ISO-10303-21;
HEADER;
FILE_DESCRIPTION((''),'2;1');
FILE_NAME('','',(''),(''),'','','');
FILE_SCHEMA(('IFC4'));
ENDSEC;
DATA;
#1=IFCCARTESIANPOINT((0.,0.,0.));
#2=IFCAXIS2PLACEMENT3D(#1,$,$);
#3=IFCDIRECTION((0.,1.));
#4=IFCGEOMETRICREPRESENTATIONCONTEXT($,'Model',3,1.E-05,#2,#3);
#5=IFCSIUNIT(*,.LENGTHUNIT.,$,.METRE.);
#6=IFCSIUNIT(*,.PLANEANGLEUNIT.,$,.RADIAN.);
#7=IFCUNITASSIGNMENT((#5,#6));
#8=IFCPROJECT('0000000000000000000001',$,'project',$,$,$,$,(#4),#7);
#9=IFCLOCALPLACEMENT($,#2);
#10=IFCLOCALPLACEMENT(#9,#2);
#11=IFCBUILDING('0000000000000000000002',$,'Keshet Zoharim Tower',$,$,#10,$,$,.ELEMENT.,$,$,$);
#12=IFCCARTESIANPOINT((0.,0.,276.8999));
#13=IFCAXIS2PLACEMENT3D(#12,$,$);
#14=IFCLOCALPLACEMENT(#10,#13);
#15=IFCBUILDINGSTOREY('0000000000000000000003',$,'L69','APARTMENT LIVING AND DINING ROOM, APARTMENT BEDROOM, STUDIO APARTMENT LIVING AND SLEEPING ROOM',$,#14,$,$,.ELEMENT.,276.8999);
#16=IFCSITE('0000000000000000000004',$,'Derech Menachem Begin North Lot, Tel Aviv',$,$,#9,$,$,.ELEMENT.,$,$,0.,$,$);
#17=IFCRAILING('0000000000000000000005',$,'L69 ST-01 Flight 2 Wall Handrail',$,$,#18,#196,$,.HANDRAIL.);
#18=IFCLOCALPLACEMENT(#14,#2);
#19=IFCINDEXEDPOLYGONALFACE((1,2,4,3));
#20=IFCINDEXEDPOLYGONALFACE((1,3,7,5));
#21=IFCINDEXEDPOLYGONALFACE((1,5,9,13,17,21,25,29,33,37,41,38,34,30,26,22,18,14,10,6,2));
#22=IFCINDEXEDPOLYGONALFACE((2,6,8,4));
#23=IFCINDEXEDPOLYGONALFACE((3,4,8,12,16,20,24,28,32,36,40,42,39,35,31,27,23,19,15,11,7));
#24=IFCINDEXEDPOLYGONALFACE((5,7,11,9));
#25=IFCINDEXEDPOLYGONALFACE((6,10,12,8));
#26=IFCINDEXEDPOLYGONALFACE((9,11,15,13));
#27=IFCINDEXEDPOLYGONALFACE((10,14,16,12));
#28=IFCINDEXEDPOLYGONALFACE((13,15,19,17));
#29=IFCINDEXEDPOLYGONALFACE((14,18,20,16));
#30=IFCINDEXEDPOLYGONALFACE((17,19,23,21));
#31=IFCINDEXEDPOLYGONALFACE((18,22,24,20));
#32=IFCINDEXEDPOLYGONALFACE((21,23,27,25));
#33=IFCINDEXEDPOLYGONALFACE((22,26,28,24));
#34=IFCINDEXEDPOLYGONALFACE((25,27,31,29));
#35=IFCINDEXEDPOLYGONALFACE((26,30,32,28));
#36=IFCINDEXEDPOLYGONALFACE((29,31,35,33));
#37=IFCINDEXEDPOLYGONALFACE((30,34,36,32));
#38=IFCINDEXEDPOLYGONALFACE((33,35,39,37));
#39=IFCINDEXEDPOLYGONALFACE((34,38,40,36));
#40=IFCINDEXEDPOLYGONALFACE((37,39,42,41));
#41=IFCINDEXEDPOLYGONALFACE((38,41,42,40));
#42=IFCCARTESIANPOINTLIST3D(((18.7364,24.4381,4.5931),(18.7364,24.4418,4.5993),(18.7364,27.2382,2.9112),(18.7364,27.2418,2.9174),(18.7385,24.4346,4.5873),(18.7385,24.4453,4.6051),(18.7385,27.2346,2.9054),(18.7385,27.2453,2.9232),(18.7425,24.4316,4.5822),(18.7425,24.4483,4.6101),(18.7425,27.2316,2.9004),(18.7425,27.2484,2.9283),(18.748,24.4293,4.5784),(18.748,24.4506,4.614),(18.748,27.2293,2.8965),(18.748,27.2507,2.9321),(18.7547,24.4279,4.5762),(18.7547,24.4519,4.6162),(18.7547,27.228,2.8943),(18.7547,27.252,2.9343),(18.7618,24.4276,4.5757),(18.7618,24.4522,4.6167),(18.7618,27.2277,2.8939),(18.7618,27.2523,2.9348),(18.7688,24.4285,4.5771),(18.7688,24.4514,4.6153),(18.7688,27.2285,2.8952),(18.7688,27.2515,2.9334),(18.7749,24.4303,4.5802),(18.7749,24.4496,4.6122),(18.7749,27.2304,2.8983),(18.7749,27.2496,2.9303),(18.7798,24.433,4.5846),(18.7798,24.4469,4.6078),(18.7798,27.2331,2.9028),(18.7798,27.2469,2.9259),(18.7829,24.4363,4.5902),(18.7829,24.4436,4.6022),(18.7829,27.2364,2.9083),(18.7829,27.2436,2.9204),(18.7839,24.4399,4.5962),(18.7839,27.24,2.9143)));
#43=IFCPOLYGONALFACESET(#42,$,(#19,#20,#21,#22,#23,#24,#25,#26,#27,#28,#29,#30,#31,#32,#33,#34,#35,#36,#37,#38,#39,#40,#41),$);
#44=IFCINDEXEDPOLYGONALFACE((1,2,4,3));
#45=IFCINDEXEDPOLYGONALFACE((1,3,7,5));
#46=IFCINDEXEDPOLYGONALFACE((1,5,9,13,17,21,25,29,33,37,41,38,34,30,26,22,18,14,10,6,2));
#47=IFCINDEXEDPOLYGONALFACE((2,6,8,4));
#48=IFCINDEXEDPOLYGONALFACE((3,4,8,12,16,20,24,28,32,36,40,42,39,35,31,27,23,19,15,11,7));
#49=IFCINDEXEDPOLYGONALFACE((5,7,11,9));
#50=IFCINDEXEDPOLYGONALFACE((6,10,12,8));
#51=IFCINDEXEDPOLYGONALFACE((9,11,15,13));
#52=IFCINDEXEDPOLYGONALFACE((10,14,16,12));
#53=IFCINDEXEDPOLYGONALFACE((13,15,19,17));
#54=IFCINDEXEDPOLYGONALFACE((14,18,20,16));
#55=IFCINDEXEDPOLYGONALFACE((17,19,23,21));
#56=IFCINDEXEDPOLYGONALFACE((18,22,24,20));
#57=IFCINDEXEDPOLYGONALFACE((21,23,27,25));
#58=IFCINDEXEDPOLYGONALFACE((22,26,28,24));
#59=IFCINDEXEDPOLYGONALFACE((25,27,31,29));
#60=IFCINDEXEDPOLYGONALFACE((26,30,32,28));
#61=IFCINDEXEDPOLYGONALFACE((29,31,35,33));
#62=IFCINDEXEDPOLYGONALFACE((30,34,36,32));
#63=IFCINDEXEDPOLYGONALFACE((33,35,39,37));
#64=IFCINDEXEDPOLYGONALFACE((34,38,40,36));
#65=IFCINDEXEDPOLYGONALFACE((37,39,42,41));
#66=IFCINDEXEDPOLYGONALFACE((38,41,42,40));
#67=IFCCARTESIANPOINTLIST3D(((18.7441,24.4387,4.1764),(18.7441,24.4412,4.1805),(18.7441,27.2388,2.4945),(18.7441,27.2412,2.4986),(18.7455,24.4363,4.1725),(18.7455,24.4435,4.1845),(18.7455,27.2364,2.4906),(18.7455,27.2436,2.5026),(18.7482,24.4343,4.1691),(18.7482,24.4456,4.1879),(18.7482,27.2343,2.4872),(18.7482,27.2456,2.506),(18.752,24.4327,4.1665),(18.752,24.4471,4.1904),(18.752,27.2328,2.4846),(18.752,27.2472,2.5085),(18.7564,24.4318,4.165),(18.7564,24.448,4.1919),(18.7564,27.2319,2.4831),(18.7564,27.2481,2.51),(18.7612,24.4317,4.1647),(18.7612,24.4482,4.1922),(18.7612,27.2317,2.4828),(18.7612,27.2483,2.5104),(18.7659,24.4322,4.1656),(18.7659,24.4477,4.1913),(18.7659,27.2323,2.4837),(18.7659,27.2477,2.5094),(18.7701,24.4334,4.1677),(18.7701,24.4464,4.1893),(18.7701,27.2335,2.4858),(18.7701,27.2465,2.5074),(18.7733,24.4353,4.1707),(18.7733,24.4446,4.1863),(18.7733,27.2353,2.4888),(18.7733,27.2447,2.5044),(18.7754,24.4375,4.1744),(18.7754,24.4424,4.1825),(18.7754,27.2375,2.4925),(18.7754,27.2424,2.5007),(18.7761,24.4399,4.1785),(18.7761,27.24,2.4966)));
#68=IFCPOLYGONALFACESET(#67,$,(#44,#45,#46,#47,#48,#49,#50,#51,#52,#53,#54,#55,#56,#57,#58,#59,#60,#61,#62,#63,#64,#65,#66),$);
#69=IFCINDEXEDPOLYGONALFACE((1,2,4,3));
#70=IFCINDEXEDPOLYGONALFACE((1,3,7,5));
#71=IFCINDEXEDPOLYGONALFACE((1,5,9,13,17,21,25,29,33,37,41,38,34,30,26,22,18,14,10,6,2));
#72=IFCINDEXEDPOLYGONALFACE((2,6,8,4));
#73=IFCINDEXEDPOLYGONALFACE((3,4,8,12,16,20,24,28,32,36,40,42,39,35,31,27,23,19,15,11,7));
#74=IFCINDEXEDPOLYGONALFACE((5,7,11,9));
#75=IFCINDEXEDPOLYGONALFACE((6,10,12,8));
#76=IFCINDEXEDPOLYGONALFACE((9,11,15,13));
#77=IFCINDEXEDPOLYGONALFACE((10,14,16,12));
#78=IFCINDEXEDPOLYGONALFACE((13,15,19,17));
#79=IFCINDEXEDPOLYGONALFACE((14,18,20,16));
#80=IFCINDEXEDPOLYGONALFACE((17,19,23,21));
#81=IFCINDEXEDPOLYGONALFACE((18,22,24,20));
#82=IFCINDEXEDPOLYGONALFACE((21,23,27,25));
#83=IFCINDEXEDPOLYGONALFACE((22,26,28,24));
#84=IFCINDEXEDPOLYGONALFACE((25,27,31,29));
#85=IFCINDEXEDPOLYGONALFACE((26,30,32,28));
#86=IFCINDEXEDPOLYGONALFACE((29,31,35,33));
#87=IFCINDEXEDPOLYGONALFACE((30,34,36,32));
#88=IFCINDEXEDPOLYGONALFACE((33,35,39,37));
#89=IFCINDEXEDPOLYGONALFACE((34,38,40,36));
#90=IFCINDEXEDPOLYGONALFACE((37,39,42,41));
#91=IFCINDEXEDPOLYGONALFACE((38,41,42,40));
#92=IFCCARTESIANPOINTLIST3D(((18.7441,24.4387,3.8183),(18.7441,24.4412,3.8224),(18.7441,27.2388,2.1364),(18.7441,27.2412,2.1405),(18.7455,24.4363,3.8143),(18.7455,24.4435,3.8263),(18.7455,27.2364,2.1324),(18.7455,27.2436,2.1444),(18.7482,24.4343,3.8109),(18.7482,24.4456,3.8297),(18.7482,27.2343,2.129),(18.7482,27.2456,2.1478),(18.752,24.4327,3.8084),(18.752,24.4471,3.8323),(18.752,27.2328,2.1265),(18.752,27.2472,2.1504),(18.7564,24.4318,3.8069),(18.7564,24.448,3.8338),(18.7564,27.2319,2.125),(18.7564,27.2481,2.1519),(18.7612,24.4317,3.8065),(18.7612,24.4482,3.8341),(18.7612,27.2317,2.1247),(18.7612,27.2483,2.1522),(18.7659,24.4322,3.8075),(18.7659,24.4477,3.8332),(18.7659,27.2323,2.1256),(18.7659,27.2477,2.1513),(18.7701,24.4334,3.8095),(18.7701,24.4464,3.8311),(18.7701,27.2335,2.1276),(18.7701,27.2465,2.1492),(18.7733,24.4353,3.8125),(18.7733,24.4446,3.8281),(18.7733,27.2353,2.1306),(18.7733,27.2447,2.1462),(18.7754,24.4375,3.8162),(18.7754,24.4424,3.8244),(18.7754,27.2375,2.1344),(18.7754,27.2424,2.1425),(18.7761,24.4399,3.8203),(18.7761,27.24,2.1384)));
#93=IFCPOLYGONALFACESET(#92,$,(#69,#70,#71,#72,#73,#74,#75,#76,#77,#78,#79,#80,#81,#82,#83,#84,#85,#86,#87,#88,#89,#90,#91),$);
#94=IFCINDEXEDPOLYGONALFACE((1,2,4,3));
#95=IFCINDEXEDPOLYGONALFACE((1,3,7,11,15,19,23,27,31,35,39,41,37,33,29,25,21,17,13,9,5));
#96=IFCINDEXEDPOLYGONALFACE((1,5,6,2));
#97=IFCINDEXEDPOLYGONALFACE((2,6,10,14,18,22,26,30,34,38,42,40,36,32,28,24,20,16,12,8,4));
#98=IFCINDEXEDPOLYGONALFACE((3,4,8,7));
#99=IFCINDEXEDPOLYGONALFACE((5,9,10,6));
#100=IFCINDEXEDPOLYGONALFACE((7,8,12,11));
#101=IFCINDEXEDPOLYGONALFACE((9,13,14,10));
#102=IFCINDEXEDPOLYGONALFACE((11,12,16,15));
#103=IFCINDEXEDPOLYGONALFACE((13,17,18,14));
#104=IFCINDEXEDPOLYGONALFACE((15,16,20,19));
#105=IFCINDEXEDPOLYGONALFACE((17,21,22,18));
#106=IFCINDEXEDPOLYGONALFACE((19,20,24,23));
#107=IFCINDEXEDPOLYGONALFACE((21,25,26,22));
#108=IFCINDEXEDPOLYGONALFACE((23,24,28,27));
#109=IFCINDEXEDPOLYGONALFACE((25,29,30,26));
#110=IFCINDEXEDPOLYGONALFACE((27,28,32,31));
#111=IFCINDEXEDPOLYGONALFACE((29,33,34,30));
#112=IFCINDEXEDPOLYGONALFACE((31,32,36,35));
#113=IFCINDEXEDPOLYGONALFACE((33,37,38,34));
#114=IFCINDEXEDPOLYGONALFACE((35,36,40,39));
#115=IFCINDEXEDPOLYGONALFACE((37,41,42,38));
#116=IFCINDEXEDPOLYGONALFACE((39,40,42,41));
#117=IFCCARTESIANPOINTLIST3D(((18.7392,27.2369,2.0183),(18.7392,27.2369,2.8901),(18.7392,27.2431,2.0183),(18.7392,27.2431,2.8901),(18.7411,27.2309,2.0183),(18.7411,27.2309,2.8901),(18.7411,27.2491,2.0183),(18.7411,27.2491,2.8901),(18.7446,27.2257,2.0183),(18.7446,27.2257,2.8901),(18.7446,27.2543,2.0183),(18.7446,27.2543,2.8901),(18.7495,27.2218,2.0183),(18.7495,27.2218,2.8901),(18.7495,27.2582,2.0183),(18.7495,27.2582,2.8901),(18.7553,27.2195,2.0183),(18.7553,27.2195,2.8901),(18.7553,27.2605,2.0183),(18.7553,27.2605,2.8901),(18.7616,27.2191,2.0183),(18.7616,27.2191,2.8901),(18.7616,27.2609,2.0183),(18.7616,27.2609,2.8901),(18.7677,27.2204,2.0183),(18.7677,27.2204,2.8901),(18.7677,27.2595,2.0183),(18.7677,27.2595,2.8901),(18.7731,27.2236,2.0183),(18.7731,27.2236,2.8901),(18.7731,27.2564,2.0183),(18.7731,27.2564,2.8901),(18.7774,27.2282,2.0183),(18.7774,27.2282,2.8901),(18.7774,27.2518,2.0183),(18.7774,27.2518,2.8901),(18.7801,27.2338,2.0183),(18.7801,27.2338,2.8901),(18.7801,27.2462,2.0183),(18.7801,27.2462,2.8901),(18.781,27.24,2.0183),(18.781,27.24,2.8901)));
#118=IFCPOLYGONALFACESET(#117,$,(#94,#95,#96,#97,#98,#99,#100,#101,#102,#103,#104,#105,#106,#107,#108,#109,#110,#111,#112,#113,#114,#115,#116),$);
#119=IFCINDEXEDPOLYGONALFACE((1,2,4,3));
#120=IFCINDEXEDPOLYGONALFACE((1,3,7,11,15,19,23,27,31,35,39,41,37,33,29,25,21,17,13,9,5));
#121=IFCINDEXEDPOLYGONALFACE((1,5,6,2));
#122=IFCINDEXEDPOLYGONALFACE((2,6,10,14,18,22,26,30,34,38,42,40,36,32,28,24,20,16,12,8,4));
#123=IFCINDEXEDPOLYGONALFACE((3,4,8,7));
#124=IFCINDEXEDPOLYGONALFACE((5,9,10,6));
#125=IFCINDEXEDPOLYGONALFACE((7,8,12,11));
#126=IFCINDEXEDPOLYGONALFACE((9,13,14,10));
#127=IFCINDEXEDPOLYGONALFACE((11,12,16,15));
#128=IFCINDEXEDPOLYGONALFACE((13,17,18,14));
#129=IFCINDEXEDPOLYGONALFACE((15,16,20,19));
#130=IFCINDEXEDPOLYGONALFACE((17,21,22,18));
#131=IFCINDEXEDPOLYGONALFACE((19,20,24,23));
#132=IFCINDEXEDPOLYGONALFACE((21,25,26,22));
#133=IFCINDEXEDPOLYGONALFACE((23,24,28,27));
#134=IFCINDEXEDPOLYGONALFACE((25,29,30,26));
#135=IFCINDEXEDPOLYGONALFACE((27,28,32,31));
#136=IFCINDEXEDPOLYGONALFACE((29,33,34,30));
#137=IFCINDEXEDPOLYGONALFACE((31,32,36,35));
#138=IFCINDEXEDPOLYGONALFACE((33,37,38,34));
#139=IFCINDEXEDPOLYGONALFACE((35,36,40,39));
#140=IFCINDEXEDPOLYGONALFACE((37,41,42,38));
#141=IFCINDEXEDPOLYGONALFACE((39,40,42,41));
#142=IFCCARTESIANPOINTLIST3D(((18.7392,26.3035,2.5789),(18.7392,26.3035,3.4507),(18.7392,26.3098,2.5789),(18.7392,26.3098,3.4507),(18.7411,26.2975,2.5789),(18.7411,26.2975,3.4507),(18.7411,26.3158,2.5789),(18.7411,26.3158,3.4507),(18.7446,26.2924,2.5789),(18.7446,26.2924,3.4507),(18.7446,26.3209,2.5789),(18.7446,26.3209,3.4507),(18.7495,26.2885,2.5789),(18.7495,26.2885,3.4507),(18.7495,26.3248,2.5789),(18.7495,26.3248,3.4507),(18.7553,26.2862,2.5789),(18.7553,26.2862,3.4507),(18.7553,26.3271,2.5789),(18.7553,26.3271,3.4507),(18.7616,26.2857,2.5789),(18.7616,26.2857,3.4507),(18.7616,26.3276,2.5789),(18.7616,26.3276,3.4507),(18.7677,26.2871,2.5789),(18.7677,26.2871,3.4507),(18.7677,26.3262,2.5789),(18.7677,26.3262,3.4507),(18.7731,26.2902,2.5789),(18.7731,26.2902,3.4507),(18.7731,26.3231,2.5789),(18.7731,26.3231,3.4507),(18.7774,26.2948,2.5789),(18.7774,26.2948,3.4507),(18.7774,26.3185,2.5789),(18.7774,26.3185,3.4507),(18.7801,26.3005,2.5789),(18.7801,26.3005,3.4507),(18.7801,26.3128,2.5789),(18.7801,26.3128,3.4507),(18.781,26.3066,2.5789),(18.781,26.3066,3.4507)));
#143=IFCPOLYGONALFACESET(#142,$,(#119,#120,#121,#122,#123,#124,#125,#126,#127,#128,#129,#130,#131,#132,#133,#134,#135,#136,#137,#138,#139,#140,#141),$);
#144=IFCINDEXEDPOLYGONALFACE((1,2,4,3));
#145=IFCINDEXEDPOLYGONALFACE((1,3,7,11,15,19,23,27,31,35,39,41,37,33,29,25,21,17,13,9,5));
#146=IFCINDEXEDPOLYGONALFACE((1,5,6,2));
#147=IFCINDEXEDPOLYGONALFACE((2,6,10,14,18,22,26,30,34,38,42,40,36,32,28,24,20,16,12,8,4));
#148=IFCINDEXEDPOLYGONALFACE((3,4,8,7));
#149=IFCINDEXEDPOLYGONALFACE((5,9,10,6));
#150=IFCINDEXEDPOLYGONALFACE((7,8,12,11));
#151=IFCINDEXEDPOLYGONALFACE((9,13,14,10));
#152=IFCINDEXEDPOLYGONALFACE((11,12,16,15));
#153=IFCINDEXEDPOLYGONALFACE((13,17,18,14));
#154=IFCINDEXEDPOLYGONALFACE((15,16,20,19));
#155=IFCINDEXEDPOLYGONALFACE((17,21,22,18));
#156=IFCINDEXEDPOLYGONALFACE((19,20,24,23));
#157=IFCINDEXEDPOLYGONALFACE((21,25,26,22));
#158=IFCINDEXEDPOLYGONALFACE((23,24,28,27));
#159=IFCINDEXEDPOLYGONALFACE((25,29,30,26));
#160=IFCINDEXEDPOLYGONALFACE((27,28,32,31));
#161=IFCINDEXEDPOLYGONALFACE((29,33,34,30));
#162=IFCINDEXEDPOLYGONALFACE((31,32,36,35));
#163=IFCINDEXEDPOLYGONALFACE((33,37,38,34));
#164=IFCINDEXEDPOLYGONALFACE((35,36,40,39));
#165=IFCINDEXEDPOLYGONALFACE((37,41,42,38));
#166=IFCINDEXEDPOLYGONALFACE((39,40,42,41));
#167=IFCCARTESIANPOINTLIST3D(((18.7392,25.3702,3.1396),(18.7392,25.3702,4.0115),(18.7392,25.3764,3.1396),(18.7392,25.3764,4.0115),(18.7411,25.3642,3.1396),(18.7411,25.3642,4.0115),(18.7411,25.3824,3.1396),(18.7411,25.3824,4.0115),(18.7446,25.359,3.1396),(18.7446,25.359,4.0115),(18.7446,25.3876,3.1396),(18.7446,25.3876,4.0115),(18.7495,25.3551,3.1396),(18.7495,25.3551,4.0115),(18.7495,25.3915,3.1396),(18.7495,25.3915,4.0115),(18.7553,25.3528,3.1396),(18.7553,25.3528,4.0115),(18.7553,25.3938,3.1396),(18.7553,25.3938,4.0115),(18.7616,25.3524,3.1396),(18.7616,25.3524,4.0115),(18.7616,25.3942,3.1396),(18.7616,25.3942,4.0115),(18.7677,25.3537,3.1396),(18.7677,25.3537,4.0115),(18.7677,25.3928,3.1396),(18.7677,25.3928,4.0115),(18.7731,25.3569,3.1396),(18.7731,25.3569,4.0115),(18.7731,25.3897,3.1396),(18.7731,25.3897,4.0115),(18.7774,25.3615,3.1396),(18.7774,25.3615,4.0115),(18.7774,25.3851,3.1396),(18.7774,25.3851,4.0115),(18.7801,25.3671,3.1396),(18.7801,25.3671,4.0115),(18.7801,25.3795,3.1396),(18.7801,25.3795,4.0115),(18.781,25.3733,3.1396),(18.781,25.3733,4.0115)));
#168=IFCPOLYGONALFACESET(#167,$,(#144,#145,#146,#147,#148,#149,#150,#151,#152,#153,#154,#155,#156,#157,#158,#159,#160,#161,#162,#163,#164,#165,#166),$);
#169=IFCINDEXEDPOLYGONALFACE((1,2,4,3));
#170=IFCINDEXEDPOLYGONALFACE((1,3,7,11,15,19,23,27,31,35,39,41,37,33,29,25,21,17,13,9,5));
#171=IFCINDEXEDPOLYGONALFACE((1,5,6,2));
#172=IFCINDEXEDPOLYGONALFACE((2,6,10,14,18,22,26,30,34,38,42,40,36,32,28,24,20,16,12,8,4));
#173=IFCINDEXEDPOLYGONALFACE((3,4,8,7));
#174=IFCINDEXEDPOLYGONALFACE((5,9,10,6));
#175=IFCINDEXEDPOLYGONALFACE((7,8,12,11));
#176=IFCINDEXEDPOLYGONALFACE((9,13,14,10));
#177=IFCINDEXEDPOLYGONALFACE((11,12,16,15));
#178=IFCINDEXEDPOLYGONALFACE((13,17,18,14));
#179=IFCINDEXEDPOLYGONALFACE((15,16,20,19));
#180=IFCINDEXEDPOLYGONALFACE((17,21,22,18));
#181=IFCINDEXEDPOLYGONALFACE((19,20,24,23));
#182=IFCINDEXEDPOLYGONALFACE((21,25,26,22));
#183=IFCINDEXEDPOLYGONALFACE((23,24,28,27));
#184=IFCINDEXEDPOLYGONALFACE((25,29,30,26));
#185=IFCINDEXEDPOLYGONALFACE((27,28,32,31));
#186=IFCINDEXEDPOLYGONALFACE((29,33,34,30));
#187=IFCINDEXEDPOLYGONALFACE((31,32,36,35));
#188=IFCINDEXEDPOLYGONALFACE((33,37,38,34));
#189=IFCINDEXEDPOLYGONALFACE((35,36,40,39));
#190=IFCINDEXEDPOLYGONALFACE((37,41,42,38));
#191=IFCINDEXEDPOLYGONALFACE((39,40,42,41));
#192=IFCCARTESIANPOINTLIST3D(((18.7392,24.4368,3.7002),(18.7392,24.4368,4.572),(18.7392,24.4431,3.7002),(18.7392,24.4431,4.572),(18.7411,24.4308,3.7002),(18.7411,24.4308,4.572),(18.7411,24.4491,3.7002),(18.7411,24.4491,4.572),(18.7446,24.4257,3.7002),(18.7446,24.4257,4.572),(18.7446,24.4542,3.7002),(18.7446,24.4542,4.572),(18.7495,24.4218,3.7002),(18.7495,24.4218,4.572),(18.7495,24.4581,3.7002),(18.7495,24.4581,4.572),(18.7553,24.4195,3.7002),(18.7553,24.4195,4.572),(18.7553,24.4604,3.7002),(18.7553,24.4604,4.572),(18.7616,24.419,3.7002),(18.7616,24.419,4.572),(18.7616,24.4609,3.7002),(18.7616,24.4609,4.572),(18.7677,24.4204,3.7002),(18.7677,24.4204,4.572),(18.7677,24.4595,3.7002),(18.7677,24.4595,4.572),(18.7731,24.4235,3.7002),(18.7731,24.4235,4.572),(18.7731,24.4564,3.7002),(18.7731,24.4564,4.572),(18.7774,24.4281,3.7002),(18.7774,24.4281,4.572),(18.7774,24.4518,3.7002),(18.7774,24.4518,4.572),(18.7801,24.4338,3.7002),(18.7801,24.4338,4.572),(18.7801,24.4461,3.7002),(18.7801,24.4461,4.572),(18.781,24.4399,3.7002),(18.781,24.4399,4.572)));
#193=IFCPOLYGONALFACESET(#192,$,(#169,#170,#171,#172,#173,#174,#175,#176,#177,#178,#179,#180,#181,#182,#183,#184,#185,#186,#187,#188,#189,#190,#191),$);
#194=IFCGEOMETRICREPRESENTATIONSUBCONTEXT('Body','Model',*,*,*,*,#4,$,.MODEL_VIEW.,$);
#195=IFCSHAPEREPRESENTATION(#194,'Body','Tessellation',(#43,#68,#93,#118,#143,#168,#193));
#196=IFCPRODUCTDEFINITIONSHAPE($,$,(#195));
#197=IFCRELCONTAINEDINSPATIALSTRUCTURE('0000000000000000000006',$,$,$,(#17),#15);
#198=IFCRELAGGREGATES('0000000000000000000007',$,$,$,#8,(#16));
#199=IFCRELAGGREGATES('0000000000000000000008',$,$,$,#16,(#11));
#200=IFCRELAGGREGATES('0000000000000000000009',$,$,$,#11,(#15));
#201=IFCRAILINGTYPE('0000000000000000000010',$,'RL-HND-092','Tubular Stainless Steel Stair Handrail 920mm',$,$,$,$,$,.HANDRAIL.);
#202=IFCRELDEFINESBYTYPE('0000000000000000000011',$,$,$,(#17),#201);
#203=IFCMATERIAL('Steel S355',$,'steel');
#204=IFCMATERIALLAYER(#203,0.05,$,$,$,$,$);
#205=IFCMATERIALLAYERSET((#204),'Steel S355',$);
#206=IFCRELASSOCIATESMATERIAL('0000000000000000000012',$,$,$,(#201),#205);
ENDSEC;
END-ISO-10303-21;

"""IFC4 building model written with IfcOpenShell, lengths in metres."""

from ifc_helpers import new_model, si_unit, direction, frame, origin, origin_2d, place, context, subcontext, project, spatial, circle, extrude, material, layer, layer_set, type_object, element, save


model = new_model("IFC4")

# Units and contexts
model_context = context("Model", 3, precision=1e-05, world=origin(), true_north=direction((0.0, 1.0)))
body_context = subcontext(model_context, "Body", "Model", "MODEL_VIEW")
ifc_project = project(units=[si_unit("LENGTHUNIT", "METRE"), si_unit("PLANEANGLEUNIT", "RADIAN")], contexts=[model_context])

# Site, building, storey
site_placement = place(None, origin())
site = spatial("IfcSite", under=ifc_project, at=site_placement, Name="Derech Menachem Begin North Lot, Tel Aviv", CompositionType="ELEMENT", RefElevation=0.0)
building_placement = place(site_placement, origin())
building = spatial("IfcBuilding", under=site, at=building_placement, Name="Keshet Zoharim Tower", CompositionType="ELEMENT")
storey_placement = place(building_placement, frame((0.0, 0.0, 276.8999)))
storey = spatial("IfcBuildingStorey", under=building, at=storey_placement, Name="L69", Description="APARTMENT LIVING AND DINING ROOM, APARTMENT BEDROOM, STUDIO APARTMENT LIVING AND SLEEPING ROOM", CompositionType="ELEMENT", Elevation=276.8999)

# Shared definitions
ifc_material_1 = material(Name="Steel S355", Category="steel")

# Railing
ifc_layer_1 = layer(ifc_material_1, 0.05)
ifc_layer_set_1 = layer_set([ifc_layer_1], Name="Steel S355")
railing_type_1 = type_object("IfcRailingType", Name="RL-HND-092", Description="Tubular Stainless Steel Stair Handrail 920mm", PredefinedType="HANDRAIL", material=ifc_layer_set_1)
railing_1_placement = place(storey_placement, frame((18.76, 27.24, 2.0183)))
element("IfcRailing", 1, at=railing_1_placement, inside=storey, type_object=railing_type_1, Name="L69 ST-01 Flight 2 Wall Handrail", PredefinedType="HANDRAIL", context=body_context, shape_type="SweptSolid", body=[
    extrude(circle(Radius=0.0239, at=origin_2d()), frame((0.0, 0.0, 0.896), z_axis=(0.0, -0.857242, 0.514913), x_axis=(1.0, 0.0, 0.0)), (0.0, 0.0, 1.0), 3.2664),
    extrude(circle(Radius=0.0161, at=origin_2d()), frame((0.0, 0.0, 0.4783), z_axis=(0.0, -0.857242, 0.514913), x_axis=(1.0, 0.0, 0.0)), (0.0, 0.0, 1.0), 3.2664),
    extrude(circle(Radius=0.0161, at=origin_2d()), frame((0.0, 0.0, 0.1201), z_axis=(0.0, -0.857242, 0.514913), x_axis=(1.0, 0.0, 0.0)), (0.0, 0.0, 1.0), 3.2664),
    extrude(circle(Radius=0.021, at=origin_2d()), origin(), (0.0, 0.0, 1.0), 0.8718),
    extrude(circle(Radius=0.021, at=origin_2d()), frame((0.0, -0.9333, 0.5605)), (0.0, 0.0, 1.0), 0.8718),
    extrude(circle(Radius=0.021, at=origin_2d()), frame((0.0, -1.8667, 1.1213)), (0.0, 0.0, 1.0), 0.8718),
    extrude(circle(Radius=0.021, at=origin_2d()), frame((0.0, -2.8, 1.6819)), (0.0, 0.0, 1.0), 0.8718),
])

save(model, "model.ifc")
